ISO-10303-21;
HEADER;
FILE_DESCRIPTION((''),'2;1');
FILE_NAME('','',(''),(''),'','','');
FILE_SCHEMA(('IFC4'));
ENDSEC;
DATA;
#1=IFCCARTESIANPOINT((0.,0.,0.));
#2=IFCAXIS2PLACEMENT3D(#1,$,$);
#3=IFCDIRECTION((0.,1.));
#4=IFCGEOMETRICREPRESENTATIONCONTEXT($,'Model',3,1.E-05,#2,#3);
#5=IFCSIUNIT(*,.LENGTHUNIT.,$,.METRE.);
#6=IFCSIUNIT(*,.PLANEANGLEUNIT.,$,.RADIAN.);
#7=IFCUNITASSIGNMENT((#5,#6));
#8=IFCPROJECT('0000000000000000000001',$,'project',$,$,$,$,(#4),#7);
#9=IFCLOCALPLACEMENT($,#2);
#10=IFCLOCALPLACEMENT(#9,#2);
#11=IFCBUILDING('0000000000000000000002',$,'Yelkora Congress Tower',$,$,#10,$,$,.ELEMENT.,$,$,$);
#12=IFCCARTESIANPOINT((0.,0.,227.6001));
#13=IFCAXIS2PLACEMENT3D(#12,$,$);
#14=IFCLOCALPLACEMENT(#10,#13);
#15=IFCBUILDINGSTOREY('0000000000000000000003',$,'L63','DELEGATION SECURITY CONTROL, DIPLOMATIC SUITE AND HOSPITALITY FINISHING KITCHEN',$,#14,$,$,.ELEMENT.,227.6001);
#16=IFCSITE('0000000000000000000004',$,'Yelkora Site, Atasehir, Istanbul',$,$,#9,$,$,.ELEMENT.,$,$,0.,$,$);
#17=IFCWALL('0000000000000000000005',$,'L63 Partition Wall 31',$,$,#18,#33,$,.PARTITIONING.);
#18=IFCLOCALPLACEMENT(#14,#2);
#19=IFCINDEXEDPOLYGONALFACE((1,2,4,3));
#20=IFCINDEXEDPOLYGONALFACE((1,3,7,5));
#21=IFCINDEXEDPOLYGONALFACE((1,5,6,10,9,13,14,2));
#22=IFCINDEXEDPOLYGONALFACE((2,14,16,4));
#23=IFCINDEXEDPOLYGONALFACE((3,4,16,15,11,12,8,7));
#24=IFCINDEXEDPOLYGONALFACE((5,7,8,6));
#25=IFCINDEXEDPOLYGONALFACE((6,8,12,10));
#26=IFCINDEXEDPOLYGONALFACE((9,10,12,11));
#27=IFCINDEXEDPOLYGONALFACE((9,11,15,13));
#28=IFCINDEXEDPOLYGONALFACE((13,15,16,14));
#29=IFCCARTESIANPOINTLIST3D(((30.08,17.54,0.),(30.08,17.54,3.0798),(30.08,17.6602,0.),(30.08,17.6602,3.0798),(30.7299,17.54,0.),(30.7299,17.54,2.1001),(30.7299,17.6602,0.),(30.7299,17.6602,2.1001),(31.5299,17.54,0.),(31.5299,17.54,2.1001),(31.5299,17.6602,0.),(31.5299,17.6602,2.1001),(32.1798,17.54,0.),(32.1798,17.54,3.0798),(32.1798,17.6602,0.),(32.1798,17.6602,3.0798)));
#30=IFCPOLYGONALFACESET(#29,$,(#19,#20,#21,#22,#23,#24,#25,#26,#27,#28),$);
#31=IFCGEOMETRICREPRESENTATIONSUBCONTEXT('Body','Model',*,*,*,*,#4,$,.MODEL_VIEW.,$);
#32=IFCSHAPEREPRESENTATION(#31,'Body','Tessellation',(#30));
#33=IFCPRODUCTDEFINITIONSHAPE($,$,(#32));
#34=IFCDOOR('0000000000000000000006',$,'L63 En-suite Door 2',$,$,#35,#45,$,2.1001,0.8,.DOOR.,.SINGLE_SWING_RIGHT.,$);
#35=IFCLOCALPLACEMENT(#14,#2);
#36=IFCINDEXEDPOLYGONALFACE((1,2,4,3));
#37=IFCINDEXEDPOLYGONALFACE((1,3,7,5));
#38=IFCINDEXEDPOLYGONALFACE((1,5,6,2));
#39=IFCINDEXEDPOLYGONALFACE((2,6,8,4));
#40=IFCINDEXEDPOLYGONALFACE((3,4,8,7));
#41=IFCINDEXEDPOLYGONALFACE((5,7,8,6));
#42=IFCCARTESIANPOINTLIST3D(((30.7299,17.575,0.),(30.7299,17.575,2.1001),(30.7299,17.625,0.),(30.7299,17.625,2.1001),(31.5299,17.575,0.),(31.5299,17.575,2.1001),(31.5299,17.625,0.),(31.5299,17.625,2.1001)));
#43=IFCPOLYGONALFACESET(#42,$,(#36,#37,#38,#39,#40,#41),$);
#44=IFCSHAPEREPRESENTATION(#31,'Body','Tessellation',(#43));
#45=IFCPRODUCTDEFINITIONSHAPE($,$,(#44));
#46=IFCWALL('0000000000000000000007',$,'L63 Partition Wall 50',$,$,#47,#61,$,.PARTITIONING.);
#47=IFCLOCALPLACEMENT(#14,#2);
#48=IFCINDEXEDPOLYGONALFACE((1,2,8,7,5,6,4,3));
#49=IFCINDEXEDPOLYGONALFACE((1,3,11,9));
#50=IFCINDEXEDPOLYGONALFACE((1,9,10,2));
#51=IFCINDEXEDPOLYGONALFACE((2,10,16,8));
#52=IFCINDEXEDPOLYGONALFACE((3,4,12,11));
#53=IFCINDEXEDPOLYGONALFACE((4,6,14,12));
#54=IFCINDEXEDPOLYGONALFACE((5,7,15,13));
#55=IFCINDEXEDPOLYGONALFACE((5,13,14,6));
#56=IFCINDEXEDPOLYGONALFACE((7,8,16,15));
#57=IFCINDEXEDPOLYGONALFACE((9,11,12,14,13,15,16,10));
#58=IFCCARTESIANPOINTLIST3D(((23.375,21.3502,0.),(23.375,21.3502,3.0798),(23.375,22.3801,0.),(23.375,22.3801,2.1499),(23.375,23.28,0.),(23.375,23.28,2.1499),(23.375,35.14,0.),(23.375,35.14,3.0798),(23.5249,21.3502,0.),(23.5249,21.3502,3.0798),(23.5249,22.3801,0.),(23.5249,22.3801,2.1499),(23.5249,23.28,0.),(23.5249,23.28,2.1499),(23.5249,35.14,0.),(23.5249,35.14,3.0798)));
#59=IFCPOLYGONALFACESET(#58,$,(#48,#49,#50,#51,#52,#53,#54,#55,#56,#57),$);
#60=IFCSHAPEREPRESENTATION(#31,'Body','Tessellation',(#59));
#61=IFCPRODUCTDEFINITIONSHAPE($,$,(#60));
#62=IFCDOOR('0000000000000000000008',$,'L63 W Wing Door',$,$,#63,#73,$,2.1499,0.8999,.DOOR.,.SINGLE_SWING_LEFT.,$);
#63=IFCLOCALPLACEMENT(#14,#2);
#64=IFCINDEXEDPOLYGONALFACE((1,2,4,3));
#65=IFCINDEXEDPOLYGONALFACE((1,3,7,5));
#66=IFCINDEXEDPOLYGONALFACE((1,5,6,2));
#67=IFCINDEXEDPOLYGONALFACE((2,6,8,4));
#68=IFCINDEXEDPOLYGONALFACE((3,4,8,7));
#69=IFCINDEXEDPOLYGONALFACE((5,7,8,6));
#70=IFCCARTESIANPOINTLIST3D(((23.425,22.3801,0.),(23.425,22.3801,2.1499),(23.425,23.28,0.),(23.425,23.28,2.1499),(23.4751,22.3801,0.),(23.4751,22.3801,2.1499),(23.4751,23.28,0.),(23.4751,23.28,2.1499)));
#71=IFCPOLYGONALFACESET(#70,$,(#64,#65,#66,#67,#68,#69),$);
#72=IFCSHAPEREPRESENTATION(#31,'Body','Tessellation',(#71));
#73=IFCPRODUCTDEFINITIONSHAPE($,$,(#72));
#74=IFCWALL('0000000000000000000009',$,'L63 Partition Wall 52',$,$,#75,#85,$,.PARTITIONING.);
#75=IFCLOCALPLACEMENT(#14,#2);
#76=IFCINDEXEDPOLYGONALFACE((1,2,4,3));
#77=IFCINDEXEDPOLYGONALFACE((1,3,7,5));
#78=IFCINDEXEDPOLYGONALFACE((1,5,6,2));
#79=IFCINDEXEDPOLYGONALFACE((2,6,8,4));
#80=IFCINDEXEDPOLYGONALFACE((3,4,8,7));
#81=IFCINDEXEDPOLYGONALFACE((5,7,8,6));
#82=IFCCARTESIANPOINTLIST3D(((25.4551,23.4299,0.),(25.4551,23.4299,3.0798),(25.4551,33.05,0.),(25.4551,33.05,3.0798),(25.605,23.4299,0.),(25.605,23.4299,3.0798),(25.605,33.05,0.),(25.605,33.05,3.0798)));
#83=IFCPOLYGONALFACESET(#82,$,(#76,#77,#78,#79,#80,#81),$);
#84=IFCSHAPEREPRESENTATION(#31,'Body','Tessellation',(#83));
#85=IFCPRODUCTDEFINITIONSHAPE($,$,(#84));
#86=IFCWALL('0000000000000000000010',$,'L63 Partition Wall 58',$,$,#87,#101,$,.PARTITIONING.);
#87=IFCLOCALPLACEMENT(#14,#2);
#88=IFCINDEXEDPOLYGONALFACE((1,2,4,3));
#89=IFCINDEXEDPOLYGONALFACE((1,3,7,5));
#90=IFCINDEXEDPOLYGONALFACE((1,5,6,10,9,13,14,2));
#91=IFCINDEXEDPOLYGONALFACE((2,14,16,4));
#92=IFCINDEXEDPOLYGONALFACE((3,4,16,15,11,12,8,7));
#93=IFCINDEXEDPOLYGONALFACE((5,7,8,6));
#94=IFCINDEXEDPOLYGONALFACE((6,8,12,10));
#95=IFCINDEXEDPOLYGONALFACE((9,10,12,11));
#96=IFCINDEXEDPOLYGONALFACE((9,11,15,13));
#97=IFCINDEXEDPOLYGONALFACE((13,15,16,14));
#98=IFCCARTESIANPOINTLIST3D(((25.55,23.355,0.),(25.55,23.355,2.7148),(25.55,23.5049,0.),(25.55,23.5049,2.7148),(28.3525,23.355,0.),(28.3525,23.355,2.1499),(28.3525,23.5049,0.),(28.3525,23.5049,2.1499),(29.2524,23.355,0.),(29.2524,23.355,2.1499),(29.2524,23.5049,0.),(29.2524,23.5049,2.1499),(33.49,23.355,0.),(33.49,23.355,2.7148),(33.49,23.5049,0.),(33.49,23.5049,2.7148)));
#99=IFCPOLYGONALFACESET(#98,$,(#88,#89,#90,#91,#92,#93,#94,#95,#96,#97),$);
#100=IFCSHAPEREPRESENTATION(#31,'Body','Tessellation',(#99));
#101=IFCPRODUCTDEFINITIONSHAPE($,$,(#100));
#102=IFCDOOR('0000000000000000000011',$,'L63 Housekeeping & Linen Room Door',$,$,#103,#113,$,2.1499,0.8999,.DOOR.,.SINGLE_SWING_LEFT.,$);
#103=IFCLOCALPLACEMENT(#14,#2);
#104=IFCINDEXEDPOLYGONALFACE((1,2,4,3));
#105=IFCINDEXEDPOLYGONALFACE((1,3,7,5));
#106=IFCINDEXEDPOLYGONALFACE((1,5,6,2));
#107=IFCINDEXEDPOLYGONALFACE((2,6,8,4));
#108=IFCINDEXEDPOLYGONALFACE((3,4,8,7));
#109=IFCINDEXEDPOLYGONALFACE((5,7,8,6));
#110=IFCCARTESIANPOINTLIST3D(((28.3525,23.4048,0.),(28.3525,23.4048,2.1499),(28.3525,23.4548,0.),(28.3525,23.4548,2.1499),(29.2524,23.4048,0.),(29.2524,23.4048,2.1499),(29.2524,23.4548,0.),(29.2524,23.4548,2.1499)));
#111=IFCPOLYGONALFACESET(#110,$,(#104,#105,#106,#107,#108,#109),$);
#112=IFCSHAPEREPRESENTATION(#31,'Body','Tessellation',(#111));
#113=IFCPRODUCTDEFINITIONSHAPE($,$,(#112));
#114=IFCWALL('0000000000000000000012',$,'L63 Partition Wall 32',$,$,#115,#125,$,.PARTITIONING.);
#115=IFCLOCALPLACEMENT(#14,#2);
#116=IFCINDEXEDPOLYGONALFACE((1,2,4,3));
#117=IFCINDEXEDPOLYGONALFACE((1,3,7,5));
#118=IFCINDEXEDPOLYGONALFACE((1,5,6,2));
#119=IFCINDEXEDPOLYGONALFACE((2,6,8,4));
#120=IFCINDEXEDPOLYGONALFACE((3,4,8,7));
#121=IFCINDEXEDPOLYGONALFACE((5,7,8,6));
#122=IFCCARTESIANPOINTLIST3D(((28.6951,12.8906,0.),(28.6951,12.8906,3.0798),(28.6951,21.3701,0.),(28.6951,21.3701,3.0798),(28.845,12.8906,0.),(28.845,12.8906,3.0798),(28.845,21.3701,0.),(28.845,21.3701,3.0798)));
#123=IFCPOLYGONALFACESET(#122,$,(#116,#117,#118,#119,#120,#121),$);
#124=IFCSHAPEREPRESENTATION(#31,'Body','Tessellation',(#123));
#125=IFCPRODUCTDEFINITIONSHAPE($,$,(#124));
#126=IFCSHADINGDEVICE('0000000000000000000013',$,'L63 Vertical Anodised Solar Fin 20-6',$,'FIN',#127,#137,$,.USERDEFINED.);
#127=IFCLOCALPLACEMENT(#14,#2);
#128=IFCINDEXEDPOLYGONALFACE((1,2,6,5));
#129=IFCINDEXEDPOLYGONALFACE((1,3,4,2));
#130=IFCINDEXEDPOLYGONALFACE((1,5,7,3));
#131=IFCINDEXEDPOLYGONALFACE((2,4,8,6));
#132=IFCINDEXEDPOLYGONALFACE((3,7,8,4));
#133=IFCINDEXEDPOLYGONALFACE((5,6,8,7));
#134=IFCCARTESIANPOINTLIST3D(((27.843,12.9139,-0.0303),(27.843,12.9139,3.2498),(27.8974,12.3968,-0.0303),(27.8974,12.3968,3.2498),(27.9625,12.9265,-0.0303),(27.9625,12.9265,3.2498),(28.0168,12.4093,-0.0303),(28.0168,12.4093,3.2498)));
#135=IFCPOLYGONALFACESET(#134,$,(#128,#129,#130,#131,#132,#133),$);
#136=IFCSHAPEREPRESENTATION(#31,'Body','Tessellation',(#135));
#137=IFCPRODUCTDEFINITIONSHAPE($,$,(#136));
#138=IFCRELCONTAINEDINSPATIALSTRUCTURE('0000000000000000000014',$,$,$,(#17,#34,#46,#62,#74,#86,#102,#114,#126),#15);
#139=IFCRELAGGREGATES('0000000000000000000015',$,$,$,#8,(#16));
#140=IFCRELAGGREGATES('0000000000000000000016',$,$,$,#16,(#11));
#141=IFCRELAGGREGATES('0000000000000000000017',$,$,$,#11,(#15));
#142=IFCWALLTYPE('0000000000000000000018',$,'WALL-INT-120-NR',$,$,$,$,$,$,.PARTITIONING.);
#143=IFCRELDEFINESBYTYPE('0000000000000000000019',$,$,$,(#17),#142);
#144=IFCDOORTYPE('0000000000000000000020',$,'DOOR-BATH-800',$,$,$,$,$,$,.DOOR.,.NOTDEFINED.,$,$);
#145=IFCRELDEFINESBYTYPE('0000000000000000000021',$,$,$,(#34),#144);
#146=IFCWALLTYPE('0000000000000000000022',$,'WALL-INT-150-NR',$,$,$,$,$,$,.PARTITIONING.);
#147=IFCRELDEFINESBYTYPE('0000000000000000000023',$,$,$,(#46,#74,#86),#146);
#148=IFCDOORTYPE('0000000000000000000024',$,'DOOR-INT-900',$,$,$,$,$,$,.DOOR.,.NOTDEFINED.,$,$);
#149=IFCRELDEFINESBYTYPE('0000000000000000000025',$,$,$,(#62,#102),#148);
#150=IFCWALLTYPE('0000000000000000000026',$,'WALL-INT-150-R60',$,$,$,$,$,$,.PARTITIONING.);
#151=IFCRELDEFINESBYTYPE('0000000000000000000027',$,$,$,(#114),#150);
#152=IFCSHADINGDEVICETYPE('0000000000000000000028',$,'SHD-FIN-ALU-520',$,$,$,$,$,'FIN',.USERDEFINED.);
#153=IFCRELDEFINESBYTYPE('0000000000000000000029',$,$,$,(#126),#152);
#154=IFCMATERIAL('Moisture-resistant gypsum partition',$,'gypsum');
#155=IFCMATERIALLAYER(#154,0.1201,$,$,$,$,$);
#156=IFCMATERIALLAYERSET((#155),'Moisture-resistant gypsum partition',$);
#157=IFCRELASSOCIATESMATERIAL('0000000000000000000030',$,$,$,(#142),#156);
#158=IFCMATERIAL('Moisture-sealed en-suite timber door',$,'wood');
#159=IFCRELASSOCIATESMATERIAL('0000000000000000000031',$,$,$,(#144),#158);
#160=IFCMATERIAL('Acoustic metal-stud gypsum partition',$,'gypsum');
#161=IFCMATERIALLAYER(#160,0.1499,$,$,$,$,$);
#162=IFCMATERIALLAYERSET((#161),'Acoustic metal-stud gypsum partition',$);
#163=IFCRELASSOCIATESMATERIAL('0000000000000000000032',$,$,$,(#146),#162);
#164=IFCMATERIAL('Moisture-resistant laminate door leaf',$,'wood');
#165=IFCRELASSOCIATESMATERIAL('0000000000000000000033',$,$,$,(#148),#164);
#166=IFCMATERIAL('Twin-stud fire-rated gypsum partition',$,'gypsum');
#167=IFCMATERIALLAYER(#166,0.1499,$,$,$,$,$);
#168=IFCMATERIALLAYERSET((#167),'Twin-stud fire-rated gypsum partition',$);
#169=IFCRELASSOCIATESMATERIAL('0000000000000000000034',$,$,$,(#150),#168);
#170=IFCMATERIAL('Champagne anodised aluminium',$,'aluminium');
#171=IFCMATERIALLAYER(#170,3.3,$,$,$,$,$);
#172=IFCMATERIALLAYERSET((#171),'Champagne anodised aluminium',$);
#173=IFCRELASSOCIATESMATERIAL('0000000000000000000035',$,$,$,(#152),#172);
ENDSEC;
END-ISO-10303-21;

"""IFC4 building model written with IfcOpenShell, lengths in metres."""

from ifc_helpers import new_model, si_unit, direction, frame, frame_2d, origin, origin_2d, place, context, subcontext, project, spatial, rectangle, extrude, material, layer, layer_set, type_object, element, fill, save


model = new_model("IFC4")

# Units and contexts
model_context = context("Model", 3, precision=1e-05, world=origin(), true_north=direction((0.0, 1.0)))
body_context = subcontext(model_context, "Body", "Model", "MODEL_VIEW")
ifc_project = project(units=[si_unit("LENGTHUNIT", "METRE"), si_unit("PLANEANGLEUNIT", "RADIAN")], contexts=[model_context])

# Site, building, storey
site_placement = place(None, origin())
site = spatial("IfcSite", under=ifc_project, at=site_placement, Name="Yelkora Site, Atasehir, Istanbul", CompositionType="ELEMENT", RefElevation=0.0)
building_placement = place(site_placement, origin())
building = spatial("IfcBuilding", under=site, at=building_placement, Name="Yelkora Congress Tower", CompositionType="ELEMENT")
storey_placement = place(building_placement, frame((0.0, 0.0, 227.6001)))
storey = spatial("IfcBuildingStorey", under=building, at=storey_placement, Name="L63", Description="DELEGATION SECURITY CONTROL, DIPLOMATIC SUITE AND HOSPITALITY FINISHING KITCHEN", CompositionType="ELEMENT", Elevation=227.6001)

# Shared definitions
ifc_material_1 = material(Name="Moisture-resistant gypsum partition", Category="gypsum")
ifc_layer_1 = layer(ifc_material_1, 0.1201)
ifc_layer_set_1 = layer_set([ifc_layer_1], Name="Moisture-resistant gypsum partition")
wall_type_1 = type_object("IfcWallType", Name="WALL-INT-120-NR", PredefinedType="PARTITIONING", material=ifc_layer_set_1)

# Shared definitions
ifc_material_2 = material(Name="Moisture-sealed en-suite timber door", Category="wood")
door_type_1 = type_object("IfcDoorType", Name="DOOR-BATH-800", OperationType="NOTDEFINED", PredefinedType="DOOR", material=ifc_material_2)

# Walls, openings, doors
wall_1_placement = place(storey_placement, frame((30.0801, 17.6001, 0.0), z_axis=(0.0, 0.0, 1.0), x_axis=(1.0, 0.0, 0.0)))
wall_1 = element("IfcWall", 1, at=wall_1_placement, inside=storey, type_object=wall_type_1, Name="L63 Partition Wall 31", PredefinedType="PARTITIONING", context=body_context, shape_type="SweptSolid", body=[
    extrude(rectangle(XDim=2.0999, YDim=0.1201, at=frame_2d((1.0498, 0.0))), origin(), (0.0, 0.0, 1.0), 3.0798),
])
opening_1_placement = place(wall_1_placement, frame((0.6499, 0.0, 0.0)))
opening_1 = element("IfcOpeningElement", 2, at=opening_1_placement, cuts=wall_1, PredefinedType="OPENING", context=body_context, shape_type="SweptSolid", body=[
    extrude(rectangle(XDim=0.8, YDim=2.1001, at=frame_2d((0.3999, 1.05))), frame((0.0, 0.0701, 0.0), z_axis=(0.0, -1.0, 0.0), x_axis=(1.0, 0.0, 0.0)), (0.0, 0.0, 1.0), 0.1401),
])
door_1_placement = place(opening_1_placement, origin())
door_1 = element("IfcDoor", 3, at=door_1_placement, inside=storey, type_object=door_type_1, Name="L63 En-suite Door 2", OperationType="SINGLE_SWING_RIGHT", OverallHeight=2.1001, OverallWidth=0.8, PredefinedType="DOOR", context=body_context, shape_type="SweptSolid", body=[
    extrude(rectangle(XDim=0.8, YDim=2.1001, at=frame_2d((0.3999, 1.05))), frame((0.0, 0.0249, 0.0), z_axis=(0.0, -1.0, 0.0), x_axis=(1.0, 0.0, 0.0)), (0.0, 0.0, 1.0), 0.05),
])
fill(opening_1, door_1)
ifc_material_3 = material(Name="Acoustic metal-stud gypsum partition", Category="gypsum")
ifc_layer_2 = layer(ifc_material_3, 0.1499)
ifc_layer_set_2 = layer_set([ifc_layer_2], Name="Acoustic metal-stud gypsum partition")
wall_type_2 = type_object("IfcWallType", Name="WALL-INT-150-NR", PredefinedType="PARTITIONING", material=ifc_layer_set_2)
wall_2_placement = place(storey_placement, frame((23.45, 21.3501, 0.0), z_axis=(0.0, 0.0, 1.0), x_axis=(0.0, 1.0, 0.0)))
wall_2 = element("IfcWall", 4, at=wall_2_placement, inside=storey, type_object=wall_type_2, Name="L63 Partition Wall 50", PredefinedType="PARTITIONING", context=body_context, shape_type="SweptSolid", body=[
    extrude(rectangle(XDim=13.7898, YDim=0.1499, at=frame_2d((6.895, 0.0))), origin(), (0.0, 0.0, 1.0), 3.0798),
])
opening_2_placement = place(wall_2_placement, frame((1.03, 0.0, 0.0)))
opening_2 = element("IfcOpeningElement", 5, at=opening_2_placement, cuts=wall_2, PredefinedType="OPENING", context=body_context, shape_type="SweptSolid", body=[
    extrude(rectangle(XDim=0.8999, YDim=2.1499, at=frame_2d((0.45, 1.075))), frame((0.0, 0.085, 0.0), z_axis=(0.0, -1.0, 0.0), x_axis=(1.0, 0.0, 0.0)), (0.0, 0.0, 1.0), 0.1699),
])
ifc_material_4 = material(Name="Moisture-resistant laminate door leaf", Category="wood")
door_type_2 = type_object("IfcDoorType", Name="DOOR-INT-900", OperationType="NOTDEFINED", PredefinedType="DOOR", material=ifc_material_4)
door_2_placement = place(opening_2_placement, origin())
door_2 = element("IfcDoor", 6, at=door_2_placement, inside=storey, type_object=door_type_2, Name="L63 W Wing Door", OperationType="SINGLE_SWING_LEFT", OverallHeight=2.1499, OverallWidth=0.8999, PredefinedType="DOOR", context=body_context, shape_type="SweptSolid", body=[
    extrude(rectangle(XDim=0.8999, YDim=2.1499, at=frame_2d((0.45, 1.075))), frame((0.0, 0.0249, 0.0), z_axis=(0.0, -1.0, 0.0), x_axis=(1.0, 0.0, 0.0)), (0.0, 0.0, 1.0), 0.05),
])
fill(opening_2, door_2)

# Wall
wall_3_placement = place(storey_placement, frame((25.53, 23.4299, 0.0), z_axis=(0.0, 0.0, 1.0), x_axis=(0.0, 1.0, 0.0)))
element("IfcWall", 7, at=wall_3_placement, inside=storey, type_object=wall_type_2, Name="L63 Partition Wall 52", PredefinedType="PARTITIONING", context=body_context, shape_type="SweptSolid", body=[
    extrude(rectangle(XDim=9.6201, YDim=0.1499, at=frame_2d((4.8101, 0.0))), origin(), (0.0, 0.0, 1.0), 3.0798),
])

# Wall, opening, door
wall_4_placement = place(storey_placement, frame((25.55, 23.4299, 0.0), z_axis=(0.0, 0.0, 1.0), x_axis=(1.0, 0.0, 0.0)))
wall_4 = element("IfcWall", 8, at=wall_4_placement, inside=storey, type_object=wall_type_2, Name="L63 Partition Wall 58", PredefinedType="PARTITIONING", context=body_context, shape_type="SweptSolid", body=[
    extrude(rectangle(XDim=7.9399, YDim=0.1499, at=frame_2d((3.97, 0.0))), origin(), (0.0, 0.0, 1.0), 2.7148),
])
opening_3_placement = place(wall_4_placement, frame((2.8025, 0.0, 0.0)))
opening_3 = element("IfcOpeningElement", 9, at=opening_3_placement, cuts=wall_4, PredefinedType="OPENING", context=body_context, shape_type="SweptSolid", body=[
    extrude(rectangle(XDim=0.8999, YDim=2.1499, at=frame_2d((0.45, 1.075))), frame((0.0, 0.085, 0.0), z_axis=(0.0, -1.0, 0.0), x_axis=(1.0, 0.0, 0.0)), (0.0, 0.0, 1.0), 0.1699),
])
door_3_placement = place(opening_3_placement, origin())
door_3 = element("IfcDoor", 10, at=door_3_placement, inside=storey, type_object=door_type_2, Name="L63 Housekeeping & Linen Room Door", OperationType="SINGLE_SWING_LEFT", OverallHeight=2.1499, OverallWidth=0.8999, PredefinedType="DOOR", context=body_context, shape_type="SweptSolid", body=[
    extrude(rectangle(XDim=0.8999, YDim=2.1499, at=frame_2d((0.45, 1.075))), frame((0.0, 0.0249, 0.0), z_axis=(0.0, -1.0, 0.0), x_axis=(1.0, 0.0, 0.0)), (0.0, 0.0, 1.0), 0.05),
])
fill(opening_3, door_3)

# Wall
ifc_material_5 = material(Name="Twin-stud fire-rated gypsum partition", Category="gypsum")
ifc_layer_3 = layer(ifc_material_5, 0.1499)
ifc_layer_set_3 = layer_set([ifc_layer_3], Name="Twin-stud fire-rated gypsum partition")
wall_type_3 = type_object("IfcWallType", Name="WALL-INT-150-R60", PredefinedType="PARTITIONING", material=ifc_layer_set_3)
wall_5_placement = place(storey_placement, frame((28.77, 12.8906, 0.0), z_axis=(0.0, 0.0, 1.0), x_axis=(0.0, 1.0, 0.0)))
element("IfcWall", 11, at=wall_5_placement, inside=storey, type_object=wall_type_3, Name="L63 Partition Wall 32", PredefinedType="PARTITIONING", context=body_context, shape_type="SweptSolid", body=[
    extrude(rectangle(XDim=8.4795, YDim=0.1499, at=frame_2d((4.2397, 0.0))), origin(), (0.0, 0.0, 1.0), 3.0798),
])

# Shading device
ifc_material_6 = material(Name="Champagne anodised aluminium", Category="aluminium")
ifc_layer_4 = layer(ifc_material_6, 3.3)
ifc_layer_set_4 = layer_set([ifc_layer_4], Name="Champagne anodised aluminium")
shading_device_type = type_object("IfcShadingDeviceType", Name="SHD-FIN-ALU-520", ElementType="FIN", PredefinedType="USERDEFINED", material=ifc_layer_set_4)
shading_device_placement = place(storey_placement, frame((27.9299, 12.6616, -0.0303), z_axis=(0.0, 0.0, 1.0), x_axis=(-0.994522, -0.104528, 0.0)))
element("IfcShadingDevice", 12, at=shading_device_placement, inside=storey, type_object=shading_device_type, Name="L63 Vertical Anodised Solar Fin 20-6", ObjectType="FIN", PredefinedType="USERDEFINED", context=body_context, shape_type="SweptSolid", body=[
    extrude(rectangle(XDim=0.1201, YDim=0.52, at=origin_2d()), origin(), (0.0, 0.0, 1.0), 3.28),
])

save(model, "model.ifc")
